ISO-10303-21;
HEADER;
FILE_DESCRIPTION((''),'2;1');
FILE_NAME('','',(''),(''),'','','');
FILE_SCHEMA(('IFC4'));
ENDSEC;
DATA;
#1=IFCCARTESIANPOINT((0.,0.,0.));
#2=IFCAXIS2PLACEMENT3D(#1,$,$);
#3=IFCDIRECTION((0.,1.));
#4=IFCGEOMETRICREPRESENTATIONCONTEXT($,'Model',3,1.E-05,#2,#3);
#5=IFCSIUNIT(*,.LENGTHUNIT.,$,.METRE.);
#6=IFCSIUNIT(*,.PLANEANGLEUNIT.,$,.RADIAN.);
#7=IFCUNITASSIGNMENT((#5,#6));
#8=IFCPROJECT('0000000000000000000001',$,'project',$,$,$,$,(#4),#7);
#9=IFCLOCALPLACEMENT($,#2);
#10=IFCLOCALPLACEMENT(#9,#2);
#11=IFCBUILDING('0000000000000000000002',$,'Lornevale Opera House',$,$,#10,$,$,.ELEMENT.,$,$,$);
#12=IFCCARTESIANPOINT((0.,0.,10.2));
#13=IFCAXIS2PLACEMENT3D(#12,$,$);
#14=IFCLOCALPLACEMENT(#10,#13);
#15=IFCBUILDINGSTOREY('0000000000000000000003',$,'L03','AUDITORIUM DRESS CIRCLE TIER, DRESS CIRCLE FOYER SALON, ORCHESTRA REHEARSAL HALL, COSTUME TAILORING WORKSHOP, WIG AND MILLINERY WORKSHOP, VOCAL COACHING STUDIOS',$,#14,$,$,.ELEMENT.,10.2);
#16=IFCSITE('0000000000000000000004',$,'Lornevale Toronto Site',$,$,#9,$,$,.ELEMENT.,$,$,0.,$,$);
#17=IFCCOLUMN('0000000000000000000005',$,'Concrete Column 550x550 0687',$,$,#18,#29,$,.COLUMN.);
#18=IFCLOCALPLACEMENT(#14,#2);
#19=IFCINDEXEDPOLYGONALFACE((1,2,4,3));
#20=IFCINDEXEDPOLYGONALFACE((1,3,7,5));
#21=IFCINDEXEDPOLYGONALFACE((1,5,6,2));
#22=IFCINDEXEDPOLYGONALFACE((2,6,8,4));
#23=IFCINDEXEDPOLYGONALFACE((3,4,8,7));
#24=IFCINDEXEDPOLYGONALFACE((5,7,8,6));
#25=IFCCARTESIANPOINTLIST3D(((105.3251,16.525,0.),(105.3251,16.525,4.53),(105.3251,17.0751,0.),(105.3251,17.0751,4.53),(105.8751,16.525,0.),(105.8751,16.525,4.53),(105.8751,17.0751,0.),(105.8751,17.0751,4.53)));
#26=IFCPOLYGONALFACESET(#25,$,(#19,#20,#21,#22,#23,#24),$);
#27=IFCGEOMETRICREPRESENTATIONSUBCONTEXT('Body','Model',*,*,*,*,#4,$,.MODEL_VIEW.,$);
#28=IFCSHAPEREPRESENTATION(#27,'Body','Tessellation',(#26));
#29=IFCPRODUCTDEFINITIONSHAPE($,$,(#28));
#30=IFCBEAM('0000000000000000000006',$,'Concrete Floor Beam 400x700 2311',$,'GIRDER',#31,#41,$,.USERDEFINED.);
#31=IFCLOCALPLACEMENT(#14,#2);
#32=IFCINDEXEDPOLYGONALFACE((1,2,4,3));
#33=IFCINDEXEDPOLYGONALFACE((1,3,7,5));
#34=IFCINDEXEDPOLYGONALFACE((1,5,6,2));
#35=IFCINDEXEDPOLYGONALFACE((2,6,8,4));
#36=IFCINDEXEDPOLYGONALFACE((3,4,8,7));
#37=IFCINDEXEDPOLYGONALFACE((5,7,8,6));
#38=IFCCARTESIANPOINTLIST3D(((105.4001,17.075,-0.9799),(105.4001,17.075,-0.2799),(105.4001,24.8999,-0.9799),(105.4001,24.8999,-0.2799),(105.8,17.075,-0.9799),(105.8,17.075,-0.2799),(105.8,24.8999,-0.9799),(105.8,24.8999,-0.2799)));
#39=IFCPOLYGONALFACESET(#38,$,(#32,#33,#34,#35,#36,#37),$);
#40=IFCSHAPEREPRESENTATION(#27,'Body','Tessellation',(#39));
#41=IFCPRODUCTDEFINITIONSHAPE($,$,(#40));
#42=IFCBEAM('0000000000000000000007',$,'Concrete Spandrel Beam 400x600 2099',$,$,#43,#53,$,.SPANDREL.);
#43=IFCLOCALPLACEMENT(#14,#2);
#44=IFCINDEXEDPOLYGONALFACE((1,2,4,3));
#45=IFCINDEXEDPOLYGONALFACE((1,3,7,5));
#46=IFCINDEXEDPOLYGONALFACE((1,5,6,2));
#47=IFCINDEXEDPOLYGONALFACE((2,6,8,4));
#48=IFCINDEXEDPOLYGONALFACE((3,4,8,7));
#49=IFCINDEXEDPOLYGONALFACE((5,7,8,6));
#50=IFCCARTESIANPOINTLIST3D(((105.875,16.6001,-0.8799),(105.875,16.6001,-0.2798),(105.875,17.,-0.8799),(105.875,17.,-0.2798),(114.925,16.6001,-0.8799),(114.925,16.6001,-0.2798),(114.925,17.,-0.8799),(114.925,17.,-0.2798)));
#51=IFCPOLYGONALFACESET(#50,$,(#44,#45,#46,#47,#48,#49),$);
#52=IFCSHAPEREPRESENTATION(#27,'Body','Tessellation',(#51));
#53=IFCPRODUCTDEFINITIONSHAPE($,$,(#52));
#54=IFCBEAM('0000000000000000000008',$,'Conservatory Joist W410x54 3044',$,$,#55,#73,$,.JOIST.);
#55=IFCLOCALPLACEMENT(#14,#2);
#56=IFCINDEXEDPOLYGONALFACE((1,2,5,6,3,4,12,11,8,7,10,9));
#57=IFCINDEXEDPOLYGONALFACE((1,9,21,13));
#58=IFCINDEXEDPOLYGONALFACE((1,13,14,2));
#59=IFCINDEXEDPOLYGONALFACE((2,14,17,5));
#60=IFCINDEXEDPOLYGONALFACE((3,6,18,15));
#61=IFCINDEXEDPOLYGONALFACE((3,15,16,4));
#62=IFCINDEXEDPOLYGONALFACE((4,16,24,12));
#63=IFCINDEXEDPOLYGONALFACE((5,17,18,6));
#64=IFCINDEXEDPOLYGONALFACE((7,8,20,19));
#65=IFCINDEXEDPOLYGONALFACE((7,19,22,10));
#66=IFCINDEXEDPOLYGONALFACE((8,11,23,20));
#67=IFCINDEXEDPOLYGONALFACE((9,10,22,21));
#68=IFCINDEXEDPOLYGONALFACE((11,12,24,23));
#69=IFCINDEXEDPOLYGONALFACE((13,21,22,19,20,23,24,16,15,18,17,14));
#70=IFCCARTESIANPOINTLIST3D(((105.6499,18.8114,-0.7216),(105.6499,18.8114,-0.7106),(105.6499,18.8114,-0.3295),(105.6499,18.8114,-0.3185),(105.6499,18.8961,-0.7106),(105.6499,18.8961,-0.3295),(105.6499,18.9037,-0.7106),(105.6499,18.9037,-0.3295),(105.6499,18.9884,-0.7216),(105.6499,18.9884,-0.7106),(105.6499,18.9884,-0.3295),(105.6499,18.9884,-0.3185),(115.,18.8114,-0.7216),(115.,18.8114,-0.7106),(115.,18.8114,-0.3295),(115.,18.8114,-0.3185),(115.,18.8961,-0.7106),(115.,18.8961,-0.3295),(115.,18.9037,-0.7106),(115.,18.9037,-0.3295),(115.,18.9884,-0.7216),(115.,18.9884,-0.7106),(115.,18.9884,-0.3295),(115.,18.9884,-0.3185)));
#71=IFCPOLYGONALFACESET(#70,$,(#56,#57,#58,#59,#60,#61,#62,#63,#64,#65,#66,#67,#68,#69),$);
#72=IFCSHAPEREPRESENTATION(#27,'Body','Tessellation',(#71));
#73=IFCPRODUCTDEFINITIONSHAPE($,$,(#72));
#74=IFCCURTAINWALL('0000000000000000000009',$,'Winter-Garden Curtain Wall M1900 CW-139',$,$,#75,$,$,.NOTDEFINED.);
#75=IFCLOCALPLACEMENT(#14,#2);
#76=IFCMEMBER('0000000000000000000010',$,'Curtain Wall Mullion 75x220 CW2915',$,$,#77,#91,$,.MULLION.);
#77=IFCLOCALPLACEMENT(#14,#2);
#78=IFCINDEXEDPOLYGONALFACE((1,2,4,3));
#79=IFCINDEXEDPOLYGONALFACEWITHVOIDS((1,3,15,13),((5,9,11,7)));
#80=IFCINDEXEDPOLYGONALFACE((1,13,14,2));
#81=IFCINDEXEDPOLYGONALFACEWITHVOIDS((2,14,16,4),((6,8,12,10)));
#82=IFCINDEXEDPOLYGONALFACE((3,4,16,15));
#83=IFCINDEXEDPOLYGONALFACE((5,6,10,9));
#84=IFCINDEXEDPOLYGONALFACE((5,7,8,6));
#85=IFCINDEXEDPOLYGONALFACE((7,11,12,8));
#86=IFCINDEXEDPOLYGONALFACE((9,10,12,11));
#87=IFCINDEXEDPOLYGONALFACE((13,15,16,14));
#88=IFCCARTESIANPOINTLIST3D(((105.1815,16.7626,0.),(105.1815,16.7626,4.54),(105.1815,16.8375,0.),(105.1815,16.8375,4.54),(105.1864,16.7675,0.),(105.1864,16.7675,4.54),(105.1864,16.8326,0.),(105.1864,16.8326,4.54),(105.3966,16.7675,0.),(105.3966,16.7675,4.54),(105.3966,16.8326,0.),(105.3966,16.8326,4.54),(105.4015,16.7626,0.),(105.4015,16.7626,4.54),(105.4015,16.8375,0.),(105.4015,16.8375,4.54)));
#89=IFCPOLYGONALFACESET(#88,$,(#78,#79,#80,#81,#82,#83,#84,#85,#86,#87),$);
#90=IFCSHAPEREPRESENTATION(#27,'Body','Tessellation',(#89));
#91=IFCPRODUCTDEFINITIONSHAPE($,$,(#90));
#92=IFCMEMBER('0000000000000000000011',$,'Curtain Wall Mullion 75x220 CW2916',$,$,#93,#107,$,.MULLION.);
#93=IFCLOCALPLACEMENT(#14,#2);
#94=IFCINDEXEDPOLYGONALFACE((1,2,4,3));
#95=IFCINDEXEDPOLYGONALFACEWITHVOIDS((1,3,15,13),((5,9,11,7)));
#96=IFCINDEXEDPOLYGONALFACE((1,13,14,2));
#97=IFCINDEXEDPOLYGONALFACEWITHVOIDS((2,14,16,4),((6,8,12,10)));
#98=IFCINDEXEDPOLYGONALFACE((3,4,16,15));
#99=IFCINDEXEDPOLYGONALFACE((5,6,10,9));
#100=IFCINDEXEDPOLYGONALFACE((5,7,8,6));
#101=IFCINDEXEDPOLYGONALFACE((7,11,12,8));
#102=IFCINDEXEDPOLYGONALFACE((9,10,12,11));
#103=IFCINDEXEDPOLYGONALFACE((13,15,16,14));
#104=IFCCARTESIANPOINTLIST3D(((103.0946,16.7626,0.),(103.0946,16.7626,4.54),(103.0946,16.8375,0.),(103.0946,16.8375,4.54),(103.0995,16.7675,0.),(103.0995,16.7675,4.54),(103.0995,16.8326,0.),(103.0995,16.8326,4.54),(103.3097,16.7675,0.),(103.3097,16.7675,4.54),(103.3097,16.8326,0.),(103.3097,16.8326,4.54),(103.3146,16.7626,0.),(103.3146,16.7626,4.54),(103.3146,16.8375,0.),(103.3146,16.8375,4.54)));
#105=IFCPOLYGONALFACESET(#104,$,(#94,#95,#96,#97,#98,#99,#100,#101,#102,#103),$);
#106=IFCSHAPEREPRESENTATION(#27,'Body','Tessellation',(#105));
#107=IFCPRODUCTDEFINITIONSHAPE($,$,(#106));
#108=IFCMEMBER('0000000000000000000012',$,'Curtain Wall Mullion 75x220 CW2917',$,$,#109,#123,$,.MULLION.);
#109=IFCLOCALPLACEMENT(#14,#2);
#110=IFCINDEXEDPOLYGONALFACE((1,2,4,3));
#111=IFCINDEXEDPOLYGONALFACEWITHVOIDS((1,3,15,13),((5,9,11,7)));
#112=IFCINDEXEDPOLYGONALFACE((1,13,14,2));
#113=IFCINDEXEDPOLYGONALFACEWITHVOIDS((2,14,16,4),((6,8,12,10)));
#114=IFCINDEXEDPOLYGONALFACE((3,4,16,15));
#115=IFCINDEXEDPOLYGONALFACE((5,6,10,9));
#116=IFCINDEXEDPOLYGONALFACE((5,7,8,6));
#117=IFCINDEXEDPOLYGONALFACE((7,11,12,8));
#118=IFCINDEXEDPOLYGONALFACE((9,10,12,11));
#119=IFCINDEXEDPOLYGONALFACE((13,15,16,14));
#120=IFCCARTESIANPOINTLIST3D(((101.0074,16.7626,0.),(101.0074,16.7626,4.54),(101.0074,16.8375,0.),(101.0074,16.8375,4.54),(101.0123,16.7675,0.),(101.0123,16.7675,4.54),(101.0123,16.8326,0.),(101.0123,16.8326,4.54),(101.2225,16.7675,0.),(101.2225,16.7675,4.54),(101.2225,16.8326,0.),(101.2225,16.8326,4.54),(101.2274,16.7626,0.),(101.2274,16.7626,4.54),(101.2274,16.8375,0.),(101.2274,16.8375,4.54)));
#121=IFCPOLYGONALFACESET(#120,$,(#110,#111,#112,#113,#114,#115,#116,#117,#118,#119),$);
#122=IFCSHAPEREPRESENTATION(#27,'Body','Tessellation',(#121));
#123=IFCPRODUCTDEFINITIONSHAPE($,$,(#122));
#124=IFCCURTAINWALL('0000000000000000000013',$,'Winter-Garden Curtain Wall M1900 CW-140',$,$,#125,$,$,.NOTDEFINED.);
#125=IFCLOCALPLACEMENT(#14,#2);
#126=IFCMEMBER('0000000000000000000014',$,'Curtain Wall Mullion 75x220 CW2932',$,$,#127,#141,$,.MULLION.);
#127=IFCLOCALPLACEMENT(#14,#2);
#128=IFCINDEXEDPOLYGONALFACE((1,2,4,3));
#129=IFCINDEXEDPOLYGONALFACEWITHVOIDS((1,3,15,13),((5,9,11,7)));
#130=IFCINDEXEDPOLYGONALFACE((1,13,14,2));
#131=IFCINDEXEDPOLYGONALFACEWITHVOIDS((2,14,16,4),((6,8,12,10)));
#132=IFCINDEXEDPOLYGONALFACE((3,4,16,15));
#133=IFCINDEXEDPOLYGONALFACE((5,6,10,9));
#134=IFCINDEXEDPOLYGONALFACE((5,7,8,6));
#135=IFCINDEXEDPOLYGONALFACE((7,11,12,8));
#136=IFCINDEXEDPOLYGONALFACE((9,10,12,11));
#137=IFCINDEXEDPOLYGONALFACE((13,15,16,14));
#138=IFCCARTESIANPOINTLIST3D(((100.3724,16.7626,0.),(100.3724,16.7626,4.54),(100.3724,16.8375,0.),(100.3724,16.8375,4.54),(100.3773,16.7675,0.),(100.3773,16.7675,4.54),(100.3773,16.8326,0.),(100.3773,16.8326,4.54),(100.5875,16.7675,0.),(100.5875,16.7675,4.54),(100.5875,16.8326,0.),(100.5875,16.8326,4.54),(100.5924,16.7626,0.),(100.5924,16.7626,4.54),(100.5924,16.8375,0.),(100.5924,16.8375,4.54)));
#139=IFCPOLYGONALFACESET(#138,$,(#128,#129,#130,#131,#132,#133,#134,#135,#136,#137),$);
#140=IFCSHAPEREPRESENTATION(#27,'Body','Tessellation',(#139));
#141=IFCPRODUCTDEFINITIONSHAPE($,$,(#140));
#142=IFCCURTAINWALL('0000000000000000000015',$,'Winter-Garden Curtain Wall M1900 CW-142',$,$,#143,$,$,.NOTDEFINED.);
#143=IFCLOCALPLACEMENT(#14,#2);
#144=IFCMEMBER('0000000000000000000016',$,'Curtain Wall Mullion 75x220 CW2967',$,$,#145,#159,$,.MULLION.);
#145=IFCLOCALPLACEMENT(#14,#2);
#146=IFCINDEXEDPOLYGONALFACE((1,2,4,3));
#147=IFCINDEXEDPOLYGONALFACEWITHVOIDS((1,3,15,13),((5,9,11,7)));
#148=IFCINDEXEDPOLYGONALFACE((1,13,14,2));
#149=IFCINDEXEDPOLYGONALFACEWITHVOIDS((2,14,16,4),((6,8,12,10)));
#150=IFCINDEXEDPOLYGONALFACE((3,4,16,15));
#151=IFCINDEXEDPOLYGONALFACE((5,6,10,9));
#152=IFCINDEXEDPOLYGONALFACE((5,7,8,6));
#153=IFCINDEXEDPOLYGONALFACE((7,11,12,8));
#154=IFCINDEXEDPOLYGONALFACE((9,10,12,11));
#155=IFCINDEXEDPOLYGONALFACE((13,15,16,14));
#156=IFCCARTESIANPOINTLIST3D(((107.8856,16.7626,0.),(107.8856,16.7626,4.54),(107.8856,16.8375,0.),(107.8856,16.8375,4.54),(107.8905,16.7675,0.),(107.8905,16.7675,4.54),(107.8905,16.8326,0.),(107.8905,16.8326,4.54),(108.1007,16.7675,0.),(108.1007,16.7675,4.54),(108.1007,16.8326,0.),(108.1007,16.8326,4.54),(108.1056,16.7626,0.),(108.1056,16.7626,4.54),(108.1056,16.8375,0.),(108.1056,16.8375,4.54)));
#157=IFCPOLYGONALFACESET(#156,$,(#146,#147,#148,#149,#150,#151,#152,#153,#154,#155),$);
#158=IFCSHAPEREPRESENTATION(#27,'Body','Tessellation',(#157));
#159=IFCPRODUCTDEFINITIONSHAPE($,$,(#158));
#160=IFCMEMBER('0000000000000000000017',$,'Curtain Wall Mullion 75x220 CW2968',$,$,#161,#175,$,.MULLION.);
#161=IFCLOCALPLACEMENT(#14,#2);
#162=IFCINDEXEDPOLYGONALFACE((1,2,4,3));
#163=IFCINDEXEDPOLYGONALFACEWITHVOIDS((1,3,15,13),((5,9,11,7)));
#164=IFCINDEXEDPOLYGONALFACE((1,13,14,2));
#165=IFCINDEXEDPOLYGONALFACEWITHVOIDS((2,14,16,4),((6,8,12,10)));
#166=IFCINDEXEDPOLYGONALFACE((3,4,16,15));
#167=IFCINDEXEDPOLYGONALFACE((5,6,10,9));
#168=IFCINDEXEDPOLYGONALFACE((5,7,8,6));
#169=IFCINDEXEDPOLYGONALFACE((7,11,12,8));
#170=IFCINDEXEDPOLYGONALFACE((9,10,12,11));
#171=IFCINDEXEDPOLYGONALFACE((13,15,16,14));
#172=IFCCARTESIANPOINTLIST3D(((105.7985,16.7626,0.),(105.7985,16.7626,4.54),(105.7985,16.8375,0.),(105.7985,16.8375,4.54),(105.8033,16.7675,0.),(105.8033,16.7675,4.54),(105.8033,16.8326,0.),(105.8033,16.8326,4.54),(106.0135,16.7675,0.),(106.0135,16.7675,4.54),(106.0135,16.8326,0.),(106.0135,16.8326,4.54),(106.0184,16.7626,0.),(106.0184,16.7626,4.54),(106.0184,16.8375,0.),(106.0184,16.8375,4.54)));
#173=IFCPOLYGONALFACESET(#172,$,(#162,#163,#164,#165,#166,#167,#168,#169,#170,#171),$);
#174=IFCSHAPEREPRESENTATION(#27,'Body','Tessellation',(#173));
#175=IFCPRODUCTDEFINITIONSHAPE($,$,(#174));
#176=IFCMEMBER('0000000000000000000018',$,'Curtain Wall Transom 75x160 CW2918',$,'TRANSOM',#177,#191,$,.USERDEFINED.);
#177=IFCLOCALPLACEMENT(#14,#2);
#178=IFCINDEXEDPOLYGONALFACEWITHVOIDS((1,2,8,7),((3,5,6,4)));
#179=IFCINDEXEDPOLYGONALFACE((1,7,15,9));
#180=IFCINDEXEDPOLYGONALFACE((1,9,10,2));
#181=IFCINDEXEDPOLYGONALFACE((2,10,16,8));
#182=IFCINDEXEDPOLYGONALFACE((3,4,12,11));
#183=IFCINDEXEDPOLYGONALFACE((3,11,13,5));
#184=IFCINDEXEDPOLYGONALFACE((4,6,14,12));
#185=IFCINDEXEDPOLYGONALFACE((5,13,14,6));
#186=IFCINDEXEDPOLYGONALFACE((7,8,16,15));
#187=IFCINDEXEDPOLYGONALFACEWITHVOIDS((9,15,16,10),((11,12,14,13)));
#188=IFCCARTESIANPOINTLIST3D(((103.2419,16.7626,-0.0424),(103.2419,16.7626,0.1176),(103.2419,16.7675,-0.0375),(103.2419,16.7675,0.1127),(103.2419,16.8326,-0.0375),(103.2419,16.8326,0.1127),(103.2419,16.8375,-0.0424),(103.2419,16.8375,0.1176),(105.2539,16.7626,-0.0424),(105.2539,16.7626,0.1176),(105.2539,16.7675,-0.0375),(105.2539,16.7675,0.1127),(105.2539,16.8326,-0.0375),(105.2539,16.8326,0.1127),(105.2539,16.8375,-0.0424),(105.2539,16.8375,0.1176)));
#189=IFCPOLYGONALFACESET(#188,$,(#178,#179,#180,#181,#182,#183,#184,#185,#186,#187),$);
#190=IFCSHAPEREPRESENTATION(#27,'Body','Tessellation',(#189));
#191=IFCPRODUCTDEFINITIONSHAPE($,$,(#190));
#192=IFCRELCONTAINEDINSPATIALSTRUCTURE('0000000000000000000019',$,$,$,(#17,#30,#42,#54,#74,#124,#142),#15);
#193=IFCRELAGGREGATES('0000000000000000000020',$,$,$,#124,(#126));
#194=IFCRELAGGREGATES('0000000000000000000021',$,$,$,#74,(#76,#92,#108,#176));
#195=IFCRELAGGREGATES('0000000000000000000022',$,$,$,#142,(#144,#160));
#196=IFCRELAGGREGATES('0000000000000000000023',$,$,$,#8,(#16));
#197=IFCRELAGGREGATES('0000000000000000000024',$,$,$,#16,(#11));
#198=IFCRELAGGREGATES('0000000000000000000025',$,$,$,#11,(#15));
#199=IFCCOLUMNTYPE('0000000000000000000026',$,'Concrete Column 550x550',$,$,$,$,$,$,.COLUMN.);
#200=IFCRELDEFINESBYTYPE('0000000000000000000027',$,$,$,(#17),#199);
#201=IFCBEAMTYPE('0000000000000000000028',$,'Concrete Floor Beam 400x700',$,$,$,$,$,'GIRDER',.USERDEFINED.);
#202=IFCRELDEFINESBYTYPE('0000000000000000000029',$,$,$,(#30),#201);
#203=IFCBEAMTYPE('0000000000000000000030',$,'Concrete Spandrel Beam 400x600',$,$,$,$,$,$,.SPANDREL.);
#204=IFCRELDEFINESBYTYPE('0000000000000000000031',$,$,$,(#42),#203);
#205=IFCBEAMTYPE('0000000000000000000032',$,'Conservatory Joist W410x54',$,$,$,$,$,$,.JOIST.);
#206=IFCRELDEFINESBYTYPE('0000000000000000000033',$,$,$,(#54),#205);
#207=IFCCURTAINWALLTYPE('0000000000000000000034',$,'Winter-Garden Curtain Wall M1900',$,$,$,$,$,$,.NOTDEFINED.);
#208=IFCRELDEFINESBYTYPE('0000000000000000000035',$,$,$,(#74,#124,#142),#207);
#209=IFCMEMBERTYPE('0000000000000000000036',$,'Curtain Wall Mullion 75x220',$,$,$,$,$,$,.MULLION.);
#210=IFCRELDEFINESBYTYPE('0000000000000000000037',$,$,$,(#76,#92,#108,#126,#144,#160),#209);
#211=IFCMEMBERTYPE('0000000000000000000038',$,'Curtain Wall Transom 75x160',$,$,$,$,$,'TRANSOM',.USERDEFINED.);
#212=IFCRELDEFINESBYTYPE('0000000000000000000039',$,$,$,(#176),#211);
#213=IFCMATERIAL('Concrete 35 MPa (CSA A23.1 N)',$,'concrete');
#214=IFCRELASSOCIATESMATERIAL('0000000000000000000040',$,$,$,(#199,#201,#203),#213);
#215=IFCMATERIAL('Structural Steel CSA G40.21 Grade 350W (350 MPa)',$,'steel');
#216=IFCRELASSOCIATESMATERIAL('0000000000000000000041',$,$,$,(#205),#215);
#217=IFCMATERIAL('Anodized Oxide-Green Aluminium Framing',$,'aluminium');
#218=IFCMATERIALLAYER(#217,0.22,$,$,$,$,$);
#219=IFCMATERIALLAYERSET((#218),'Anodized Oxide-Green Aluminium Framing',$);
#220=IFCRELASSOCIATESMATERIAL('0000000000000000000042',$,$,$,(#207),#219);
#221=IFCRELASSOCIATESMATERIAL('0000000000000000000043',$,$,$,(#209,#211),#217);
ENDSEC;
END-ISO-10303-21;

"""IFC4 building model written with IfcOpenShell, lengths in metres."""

from ifc_helpers import new_model, si_unit, direction, frame, origin, origin_2d, place, context, subcontext, project, spatial, rectangle, hollow_rectangle, i_section, extrude, material, layer, layer_set, material_profile, profile_set, type_object, element, aggregate, save


model = new_model("IFC4")

# Units and contexts
model_context = context("Model", 3, precision=1e-05, world=origin(), true_north=direction((0.0, 1.0)))
body_context = subcontext(model_context, "Body", "Model", "MODEL_VIEW")
ifc_project = project(units=[si_unit("LENGTHUNIT", "METRE"), si_unit("PLANEANGLEUNIT", "RADIAN")], contexts=[model_context])

# Site, building, storey
site_placement = place(None, origin())
site = spatial("IfcSite", under=ifc_project, at=site_placement, Name="Lornevale Toronto Site", CompositionType="ELEMENT", RefElevation=0.0)
building_placement = place(site_placement, origin())
building = spatial("IfcBuilding", under=site, at=building_placement, Name="Lornevale Opera House", CompositionType="ELEMENT")
storey_placement = place(building_placement, frame((0.0, 0.0, 10.2)))
storey = spatial("IfcBuildingStorey", under=building, at=storey_placement, Name="L03", Description="AUDITORIUM DRESS CIRCLE TIER, DRESS CIRCLE FOYER SALON, ORCHESTRA REHEARSAL HALL, COSTUME TAILORING WORKSHOP, WIG AND MILLINERY WORKSHOP, VOCAL COACHING STUDIOS", CompositionType="ELEMENT", Elevation=10.2)

# Column
ifc_material_1 = material(Name="Concrete 35 MPa (CSA A23.1 N)", Category="concrete")
ifc_material_profile_1 = material_profile(ifc_material_1, rectangle(XDim=0.55, YDim=0.55, at=origin_2d()), Name="RC550x550")
ifc_profile_set_1 = profile_set([ifc_material_profile_1], Name="Concrete 35 MPa (CSA A23.1 N)")
column_type = type_object("IfcColumnType", Name="Concrete Column 550x550", PredefinedType="COLUMN", material=ifc_profile_set_1)
column_placement = place(storey_placement, frame((105.6001, 16.8, 0.0), z_axis=(0.0, 0.0, 1.0), x_axis=(1.0, 0.0, 0.0)))
element("IfcColumn", 1, at=column_placement, inside=storey, type_object=column_type, Name="Concrete Column 550x550 0687", PredefinedType="COLUMN", context=body_context, shape_type="SweptSolid", body=[
    extrude(rectangle(XDim=0.55, YDim=0.55, at=origin_2d()), origin(), (0.0, 0.0, 1.0), 4.53),
])

# Beams
ifc_material_profile_2 = material_profile(ifc_material_1, rectangle(XDim=0.3999, YDim=0.7, at=origin_2d()), Name="RC400x700")
ifc_profile_set_2 = profile_set([ifc_material_profile_2], Name="Concrete 35 MPa (CSA A23.1 N)")
beam_type_1 = type_object("IfcBeamType", Name="Concrete Floor Beam 400x700", ElementType="GIRDER", PredefinedType="USERDEFINED", material=ifc_profile_set_2)
beam_1_placement = place(storey_placement, frame((105.6001, 17.075, -0.6299), z_axis=(0.0, 1.0, 0.0), x_axis=(-1.0, 0.0, 0.0)))
element("IfcBeam", 2, at=beam_1_placement, inside=storey, type_object=beam_type_1, Name="Concrete Floor Beam 400x700 2311", ObjectType="GIRDER", PredefinedType="USERDEFINED", context=body_context, shape_type="SweptSolid", body=[
    extrude(rectangle(XDim=0.3999, YDim=0.7, at=origin_2d()), origin(), (0.0, 0.0, 1.0), 7.825),
])
ifc_material_profile_3 = material_profile(ifc_material_1, rectangle(XDim=0.3999, YDim=0.6001, at=origin_2d()), Name="RC400x600")
ifc_profile_set_3 = profile_set([ifc_material_profile_3], Name="Concrete 35 MPa (CSA A23.1 N)")
beam_type_2 = type_object("IfcBeamType", Name="Concrete Spandrel Beam 400x600", PredefinedType="SPANDREL", material=ifc_profile_set_3)
beam_2_placement = place(storey_placement, frame((105.875, 16.8, -0.5798), z_axis=(1.0, 0.0, 0.0), x_axis=(0.0, 1.0, 0.0)))
element("IfcBeam", 3, at=beam_2_placement, inside=storey, type_object=beam_type_2, Name="Concrete Spandrel Beam 400x600 2099", PredefinedType="SPANDREL", context=body_context, shape_type="SweptSolid", body=[
    extrude(rectangle(XDim=0.3999, YDim=0.6001, at=origin_2d()), origin(), (0.0, 0.0, 1.0), 9.05),
])
ifc_material_2 = material(Name="Structural Steel CSA G40.21 Grade 350W (350 MPa)", Category="steel")
ifc_material_profile_4 = material_profile(ifc_material_2, i_section(OverallWidth=0.177, OverallDepth=0.4031, WebThickness=0.0076, FlangeThickness=0.011, at=origin_2d()), Name="W410x54")
ifc_profile_set_4 = profile_set([ifc_material_profile_4], Name="Structural Steel CSA G40.21 Grade 350W (350 MPa)")
beam_type_3 = type_object("IfcBeamType", Name="Conservatory Joist W410x54", PredefinedType="JOIST", material=ifc_profile_set_4)
beam_3_placement = place(storey_placement, frame((105.6499, 18.8999, -0.52), z_axis=(1.0, 0.0, 0.0), x_axis=(0.0, 1.0, 0.0)))
element("IfcBeam", 4, at=beam_3_placement, inside=storey, type_object=beam_type_3, Name="Conservatory Joist W410x54 3044", PredefinedType="JOIST", context=body_context, shape_type="SweptSolid", body=[
    extrude(i_section(OverallWidth=0.177, OverallDepth=0.4031, WebThickness=0.0076, FlangeThickness=0.011, at=origin_2d()), origin(), (0.0, 0.0, 1.0), 9.3501),
])

# Curtain wall, members
ifc_material_3 = material(Name="Anodized Oxide-Green Aluminium Framing", Category="aluminium")
ifc_layer_1 = layer(ifc_material_3, 0.22)
ifc_layer_set_1 = layer_set([ifc_layer_1], Name="Anodized Oxide-Green Aluminium Framing")
curtain_wall_type = type_object("IfcCurtainWallType", Name="Winter-Garden Curtain Wall M1900", PredefinedType="NOTDEFINED", material=ifc_layer_set_1)
curtain_wall_1_placement = place(storey_placement, origin())
curtain_wall_1 = element("IfcCurtainWall", 5, at=curtain_wall_1_placement, inside=storey, type_object=curtain_wall_type, Name="Winter-Garden Curtain Wall M1900 CW-139", PredefinedType="NOTDEFINED")
ifc_material_profile_5 = material_profile(ifc_material_3, hollow_rectangle(XDim=0.075, YDim=0.22, WallThickness=0.0049, at=origin_2d()), Name="ALU75x220x5")
ifc_profile_set_5 = profile_set([ifc_material_profile_5], Name="Anodized Oxide-Green Aluminium Framing")
member_type_1 = type_object("IfcMemberType", Name="Curtain Wall Mullion 75x220", PredefinedType="MULLION", material=ifc_profile_set_5)
member_1_placement = place(storey_placement, frame((105.2915, 16.8, 0.0), z_axis=(0.0, 0.0, 1.0), x_axis=(0.0, -1.0, 0.0)))
member_1 = element("IfcMember", 6, at=member_1_placement, type_object=member_type_1, Name="Curtain Wall Mullion 75x220 CW2915", PredefinedType="MULLION", context=body_context, shape_type="SweptSolid", body=[
    extrude(hollow_rectangle(XDim=0.075, YDim=0.22, WallThickness=0.0049, at=origin_2d()), origin(), (0.0, 0.0, 1.0), 4.54),
])
member_2_placement = place(storey_placement, frame((103.2046, 16.8, 0.0), z_axis=(0.0, 0.0, 1.0), x_axis=(0.0, -1.0, 0.0)))
member_2 = element("IfcMember", 7, at=member_2_placement, type_object=member_type_1, Name="Curtain Wall Mullion 75x220 CW2916", PredefinedType="MULLION", context=body_context, shape_type="SweptSolid", body=[
    extrude(hollow_rectangle(XDim=0.075, YDim=0.22, WallThickness=0.0049, at=origin_2d()), origin(), (0.0, 0.0, 1.0), 4.54),
])
member_3_placement = place(storey_placement, frame((101.1174, 16.8, 0.0), z_axis=(0.0, 0.0, 1.0), x_axis=(0.0, -1.0, 0.0)))
member_3 = element("IfcMember", 8, at=member_3_placement, type_object=member_type_1, Name="Curtain Wall Mullion 75x220 CW2917", PredefinedType="MULLION", context=body_context, shape_type="SweptSolid", body=[
    extrude(hollow_rectangle(XDim=0.075, YDim=0.22, WallThickness=0.0049, at=origin_2d()), origin(), (0.0, 0.0, 1.0), 4.54),
])

# Curtain wall, member
curtain_wall_2_placement = place(storey_placement, origin())
curtain_wall_2 = element("IfcCurtainWall", 9, at=curtain_wall_2_placement, inside=storey, type_object=curtain_wall_type, Name="Winter-Garden Curtain Wall M1900 CW-140", PredefinedType="NOTDEFINED")
member_4_placement = place(storey_placement, frame((100.4824, 16.8, 0.0), z_axis=(0.0, 0.0, 1.0), x_axis=(0.0, -1.0, 0.0)))
member_4 = element("IfcMember", 10, at=member_4_placement, type_object=member_type_1, Name="Curtain Wall Mullion 75x220 CW2932", PredefinedType="MULLION", context=body_context, shape_type="SweptSolid", body=[
    extrude(hollow_rectangle(XDim=0.075, YDim=0.22, WallThickness=0.0049, at=origin_2d()), origin(), (0.0, 0.0, 1.0), 4.54),
])
aggregate(curtain_wall_2, [member_4])

# Curtain wall, members
curtain_wall_3_placement = place(storey_placement, origin())
curtain_wall_3 = element("IfcCurtainWall", 11, at=curtain_wall_3_placement, inside=storey, type_object=curtain_wall_type, Name="Winter-Garden Curtain Wall M1900 CW-142", PredefinedType="NOTDEFINED")
member_5_placement = place(storey_placement, frame((107.9956, 16.8, 0.0), z_axis=(0.0, 0.0, 1.0), x_axis=(0.0, -1.0, 0.0)))
member_5 = element("IfcMember", 12, at=member_5_placement, type_object=member_type_1, Name="Curtain Wall Mullion 75x220 CW2967", PredefinedType="MULLION", context=body_context, shape_type="SweptSolid", body=[
    extrude(hollow_rectangle(XDim=0.075, YDim=0.22, WallThickness=0.0049, at=origin_2d()), origin(), (0.0, 0.0, 1.0), 4.54),
])
member_6_placement = place(storey_placement, frame((105.9084, 16.8, 0.0), z_axis=(0.0, 0.0, 1.0), x_axis=(0.0, -1.0, 0.0)))
member_6 = element("IfcMember", 13, at=member_6_placement, type_object=member_type_1, Name="Curtain Wall Mullion 75x220 CW2968", PredefinedType="MULLION", context=body_context, shape_type="SweptSolid", body=[
    extrude(hollow_rectangle(XDim=0.075, YDim=0.22, WallThickness=0.0049, at=origin_2d()), origin(), (0.0, 0.0, 1.0), 4.54),
])

# Member
ifc_material_profile_6 = material_profile(ifc_material_3, hollow_rectangle(XDim=0.075, YDim=0.1599, WallThickness=0.0049, at=origin_2d()), Name="ALU75x160x5")
ifc_profile_set_6 = profile_set([ifc_material_profile_6], Name="Anodized Oxide-Green Aluminium Framing")
member_type_2 = type_object("IfcMemberType", Name="Curtain Wall Transom 75x160", ElementType="TRANSOM", PredefinedType="USERDEFINED", material=ifc_profile_set_6)
member_7_placement = place(storey_placement, frame((105.2539, 16.8, 0.0376), z_axis=(-1.0, 0.0, 0.0), x_axis=(0.0, -1.0, 0.0)))
member_7 = element("IfcMember", 14, at=member_7_placement, type_object=member_type_2, Name="Curtain Wall Transom 75x160 CW2918", ObjectType="TRANSOM", PredefinedType="USERDEFINED", context=body_context, shape_type="SweptSolid", body=[
    extrude(hollow_rectangle(XDim=0.075, YDim=0.1599, WallThickness=0.0049, at=origin_2d()), origin(), (0.0, 0.0, 1.0), 2.012),
])

aggregate(curtain_wall_1, [member_1, member_2, member_3, member_7])
aggregate(curtain_wall_3, [member_5, member_6])

save(model, "model.ifc")
